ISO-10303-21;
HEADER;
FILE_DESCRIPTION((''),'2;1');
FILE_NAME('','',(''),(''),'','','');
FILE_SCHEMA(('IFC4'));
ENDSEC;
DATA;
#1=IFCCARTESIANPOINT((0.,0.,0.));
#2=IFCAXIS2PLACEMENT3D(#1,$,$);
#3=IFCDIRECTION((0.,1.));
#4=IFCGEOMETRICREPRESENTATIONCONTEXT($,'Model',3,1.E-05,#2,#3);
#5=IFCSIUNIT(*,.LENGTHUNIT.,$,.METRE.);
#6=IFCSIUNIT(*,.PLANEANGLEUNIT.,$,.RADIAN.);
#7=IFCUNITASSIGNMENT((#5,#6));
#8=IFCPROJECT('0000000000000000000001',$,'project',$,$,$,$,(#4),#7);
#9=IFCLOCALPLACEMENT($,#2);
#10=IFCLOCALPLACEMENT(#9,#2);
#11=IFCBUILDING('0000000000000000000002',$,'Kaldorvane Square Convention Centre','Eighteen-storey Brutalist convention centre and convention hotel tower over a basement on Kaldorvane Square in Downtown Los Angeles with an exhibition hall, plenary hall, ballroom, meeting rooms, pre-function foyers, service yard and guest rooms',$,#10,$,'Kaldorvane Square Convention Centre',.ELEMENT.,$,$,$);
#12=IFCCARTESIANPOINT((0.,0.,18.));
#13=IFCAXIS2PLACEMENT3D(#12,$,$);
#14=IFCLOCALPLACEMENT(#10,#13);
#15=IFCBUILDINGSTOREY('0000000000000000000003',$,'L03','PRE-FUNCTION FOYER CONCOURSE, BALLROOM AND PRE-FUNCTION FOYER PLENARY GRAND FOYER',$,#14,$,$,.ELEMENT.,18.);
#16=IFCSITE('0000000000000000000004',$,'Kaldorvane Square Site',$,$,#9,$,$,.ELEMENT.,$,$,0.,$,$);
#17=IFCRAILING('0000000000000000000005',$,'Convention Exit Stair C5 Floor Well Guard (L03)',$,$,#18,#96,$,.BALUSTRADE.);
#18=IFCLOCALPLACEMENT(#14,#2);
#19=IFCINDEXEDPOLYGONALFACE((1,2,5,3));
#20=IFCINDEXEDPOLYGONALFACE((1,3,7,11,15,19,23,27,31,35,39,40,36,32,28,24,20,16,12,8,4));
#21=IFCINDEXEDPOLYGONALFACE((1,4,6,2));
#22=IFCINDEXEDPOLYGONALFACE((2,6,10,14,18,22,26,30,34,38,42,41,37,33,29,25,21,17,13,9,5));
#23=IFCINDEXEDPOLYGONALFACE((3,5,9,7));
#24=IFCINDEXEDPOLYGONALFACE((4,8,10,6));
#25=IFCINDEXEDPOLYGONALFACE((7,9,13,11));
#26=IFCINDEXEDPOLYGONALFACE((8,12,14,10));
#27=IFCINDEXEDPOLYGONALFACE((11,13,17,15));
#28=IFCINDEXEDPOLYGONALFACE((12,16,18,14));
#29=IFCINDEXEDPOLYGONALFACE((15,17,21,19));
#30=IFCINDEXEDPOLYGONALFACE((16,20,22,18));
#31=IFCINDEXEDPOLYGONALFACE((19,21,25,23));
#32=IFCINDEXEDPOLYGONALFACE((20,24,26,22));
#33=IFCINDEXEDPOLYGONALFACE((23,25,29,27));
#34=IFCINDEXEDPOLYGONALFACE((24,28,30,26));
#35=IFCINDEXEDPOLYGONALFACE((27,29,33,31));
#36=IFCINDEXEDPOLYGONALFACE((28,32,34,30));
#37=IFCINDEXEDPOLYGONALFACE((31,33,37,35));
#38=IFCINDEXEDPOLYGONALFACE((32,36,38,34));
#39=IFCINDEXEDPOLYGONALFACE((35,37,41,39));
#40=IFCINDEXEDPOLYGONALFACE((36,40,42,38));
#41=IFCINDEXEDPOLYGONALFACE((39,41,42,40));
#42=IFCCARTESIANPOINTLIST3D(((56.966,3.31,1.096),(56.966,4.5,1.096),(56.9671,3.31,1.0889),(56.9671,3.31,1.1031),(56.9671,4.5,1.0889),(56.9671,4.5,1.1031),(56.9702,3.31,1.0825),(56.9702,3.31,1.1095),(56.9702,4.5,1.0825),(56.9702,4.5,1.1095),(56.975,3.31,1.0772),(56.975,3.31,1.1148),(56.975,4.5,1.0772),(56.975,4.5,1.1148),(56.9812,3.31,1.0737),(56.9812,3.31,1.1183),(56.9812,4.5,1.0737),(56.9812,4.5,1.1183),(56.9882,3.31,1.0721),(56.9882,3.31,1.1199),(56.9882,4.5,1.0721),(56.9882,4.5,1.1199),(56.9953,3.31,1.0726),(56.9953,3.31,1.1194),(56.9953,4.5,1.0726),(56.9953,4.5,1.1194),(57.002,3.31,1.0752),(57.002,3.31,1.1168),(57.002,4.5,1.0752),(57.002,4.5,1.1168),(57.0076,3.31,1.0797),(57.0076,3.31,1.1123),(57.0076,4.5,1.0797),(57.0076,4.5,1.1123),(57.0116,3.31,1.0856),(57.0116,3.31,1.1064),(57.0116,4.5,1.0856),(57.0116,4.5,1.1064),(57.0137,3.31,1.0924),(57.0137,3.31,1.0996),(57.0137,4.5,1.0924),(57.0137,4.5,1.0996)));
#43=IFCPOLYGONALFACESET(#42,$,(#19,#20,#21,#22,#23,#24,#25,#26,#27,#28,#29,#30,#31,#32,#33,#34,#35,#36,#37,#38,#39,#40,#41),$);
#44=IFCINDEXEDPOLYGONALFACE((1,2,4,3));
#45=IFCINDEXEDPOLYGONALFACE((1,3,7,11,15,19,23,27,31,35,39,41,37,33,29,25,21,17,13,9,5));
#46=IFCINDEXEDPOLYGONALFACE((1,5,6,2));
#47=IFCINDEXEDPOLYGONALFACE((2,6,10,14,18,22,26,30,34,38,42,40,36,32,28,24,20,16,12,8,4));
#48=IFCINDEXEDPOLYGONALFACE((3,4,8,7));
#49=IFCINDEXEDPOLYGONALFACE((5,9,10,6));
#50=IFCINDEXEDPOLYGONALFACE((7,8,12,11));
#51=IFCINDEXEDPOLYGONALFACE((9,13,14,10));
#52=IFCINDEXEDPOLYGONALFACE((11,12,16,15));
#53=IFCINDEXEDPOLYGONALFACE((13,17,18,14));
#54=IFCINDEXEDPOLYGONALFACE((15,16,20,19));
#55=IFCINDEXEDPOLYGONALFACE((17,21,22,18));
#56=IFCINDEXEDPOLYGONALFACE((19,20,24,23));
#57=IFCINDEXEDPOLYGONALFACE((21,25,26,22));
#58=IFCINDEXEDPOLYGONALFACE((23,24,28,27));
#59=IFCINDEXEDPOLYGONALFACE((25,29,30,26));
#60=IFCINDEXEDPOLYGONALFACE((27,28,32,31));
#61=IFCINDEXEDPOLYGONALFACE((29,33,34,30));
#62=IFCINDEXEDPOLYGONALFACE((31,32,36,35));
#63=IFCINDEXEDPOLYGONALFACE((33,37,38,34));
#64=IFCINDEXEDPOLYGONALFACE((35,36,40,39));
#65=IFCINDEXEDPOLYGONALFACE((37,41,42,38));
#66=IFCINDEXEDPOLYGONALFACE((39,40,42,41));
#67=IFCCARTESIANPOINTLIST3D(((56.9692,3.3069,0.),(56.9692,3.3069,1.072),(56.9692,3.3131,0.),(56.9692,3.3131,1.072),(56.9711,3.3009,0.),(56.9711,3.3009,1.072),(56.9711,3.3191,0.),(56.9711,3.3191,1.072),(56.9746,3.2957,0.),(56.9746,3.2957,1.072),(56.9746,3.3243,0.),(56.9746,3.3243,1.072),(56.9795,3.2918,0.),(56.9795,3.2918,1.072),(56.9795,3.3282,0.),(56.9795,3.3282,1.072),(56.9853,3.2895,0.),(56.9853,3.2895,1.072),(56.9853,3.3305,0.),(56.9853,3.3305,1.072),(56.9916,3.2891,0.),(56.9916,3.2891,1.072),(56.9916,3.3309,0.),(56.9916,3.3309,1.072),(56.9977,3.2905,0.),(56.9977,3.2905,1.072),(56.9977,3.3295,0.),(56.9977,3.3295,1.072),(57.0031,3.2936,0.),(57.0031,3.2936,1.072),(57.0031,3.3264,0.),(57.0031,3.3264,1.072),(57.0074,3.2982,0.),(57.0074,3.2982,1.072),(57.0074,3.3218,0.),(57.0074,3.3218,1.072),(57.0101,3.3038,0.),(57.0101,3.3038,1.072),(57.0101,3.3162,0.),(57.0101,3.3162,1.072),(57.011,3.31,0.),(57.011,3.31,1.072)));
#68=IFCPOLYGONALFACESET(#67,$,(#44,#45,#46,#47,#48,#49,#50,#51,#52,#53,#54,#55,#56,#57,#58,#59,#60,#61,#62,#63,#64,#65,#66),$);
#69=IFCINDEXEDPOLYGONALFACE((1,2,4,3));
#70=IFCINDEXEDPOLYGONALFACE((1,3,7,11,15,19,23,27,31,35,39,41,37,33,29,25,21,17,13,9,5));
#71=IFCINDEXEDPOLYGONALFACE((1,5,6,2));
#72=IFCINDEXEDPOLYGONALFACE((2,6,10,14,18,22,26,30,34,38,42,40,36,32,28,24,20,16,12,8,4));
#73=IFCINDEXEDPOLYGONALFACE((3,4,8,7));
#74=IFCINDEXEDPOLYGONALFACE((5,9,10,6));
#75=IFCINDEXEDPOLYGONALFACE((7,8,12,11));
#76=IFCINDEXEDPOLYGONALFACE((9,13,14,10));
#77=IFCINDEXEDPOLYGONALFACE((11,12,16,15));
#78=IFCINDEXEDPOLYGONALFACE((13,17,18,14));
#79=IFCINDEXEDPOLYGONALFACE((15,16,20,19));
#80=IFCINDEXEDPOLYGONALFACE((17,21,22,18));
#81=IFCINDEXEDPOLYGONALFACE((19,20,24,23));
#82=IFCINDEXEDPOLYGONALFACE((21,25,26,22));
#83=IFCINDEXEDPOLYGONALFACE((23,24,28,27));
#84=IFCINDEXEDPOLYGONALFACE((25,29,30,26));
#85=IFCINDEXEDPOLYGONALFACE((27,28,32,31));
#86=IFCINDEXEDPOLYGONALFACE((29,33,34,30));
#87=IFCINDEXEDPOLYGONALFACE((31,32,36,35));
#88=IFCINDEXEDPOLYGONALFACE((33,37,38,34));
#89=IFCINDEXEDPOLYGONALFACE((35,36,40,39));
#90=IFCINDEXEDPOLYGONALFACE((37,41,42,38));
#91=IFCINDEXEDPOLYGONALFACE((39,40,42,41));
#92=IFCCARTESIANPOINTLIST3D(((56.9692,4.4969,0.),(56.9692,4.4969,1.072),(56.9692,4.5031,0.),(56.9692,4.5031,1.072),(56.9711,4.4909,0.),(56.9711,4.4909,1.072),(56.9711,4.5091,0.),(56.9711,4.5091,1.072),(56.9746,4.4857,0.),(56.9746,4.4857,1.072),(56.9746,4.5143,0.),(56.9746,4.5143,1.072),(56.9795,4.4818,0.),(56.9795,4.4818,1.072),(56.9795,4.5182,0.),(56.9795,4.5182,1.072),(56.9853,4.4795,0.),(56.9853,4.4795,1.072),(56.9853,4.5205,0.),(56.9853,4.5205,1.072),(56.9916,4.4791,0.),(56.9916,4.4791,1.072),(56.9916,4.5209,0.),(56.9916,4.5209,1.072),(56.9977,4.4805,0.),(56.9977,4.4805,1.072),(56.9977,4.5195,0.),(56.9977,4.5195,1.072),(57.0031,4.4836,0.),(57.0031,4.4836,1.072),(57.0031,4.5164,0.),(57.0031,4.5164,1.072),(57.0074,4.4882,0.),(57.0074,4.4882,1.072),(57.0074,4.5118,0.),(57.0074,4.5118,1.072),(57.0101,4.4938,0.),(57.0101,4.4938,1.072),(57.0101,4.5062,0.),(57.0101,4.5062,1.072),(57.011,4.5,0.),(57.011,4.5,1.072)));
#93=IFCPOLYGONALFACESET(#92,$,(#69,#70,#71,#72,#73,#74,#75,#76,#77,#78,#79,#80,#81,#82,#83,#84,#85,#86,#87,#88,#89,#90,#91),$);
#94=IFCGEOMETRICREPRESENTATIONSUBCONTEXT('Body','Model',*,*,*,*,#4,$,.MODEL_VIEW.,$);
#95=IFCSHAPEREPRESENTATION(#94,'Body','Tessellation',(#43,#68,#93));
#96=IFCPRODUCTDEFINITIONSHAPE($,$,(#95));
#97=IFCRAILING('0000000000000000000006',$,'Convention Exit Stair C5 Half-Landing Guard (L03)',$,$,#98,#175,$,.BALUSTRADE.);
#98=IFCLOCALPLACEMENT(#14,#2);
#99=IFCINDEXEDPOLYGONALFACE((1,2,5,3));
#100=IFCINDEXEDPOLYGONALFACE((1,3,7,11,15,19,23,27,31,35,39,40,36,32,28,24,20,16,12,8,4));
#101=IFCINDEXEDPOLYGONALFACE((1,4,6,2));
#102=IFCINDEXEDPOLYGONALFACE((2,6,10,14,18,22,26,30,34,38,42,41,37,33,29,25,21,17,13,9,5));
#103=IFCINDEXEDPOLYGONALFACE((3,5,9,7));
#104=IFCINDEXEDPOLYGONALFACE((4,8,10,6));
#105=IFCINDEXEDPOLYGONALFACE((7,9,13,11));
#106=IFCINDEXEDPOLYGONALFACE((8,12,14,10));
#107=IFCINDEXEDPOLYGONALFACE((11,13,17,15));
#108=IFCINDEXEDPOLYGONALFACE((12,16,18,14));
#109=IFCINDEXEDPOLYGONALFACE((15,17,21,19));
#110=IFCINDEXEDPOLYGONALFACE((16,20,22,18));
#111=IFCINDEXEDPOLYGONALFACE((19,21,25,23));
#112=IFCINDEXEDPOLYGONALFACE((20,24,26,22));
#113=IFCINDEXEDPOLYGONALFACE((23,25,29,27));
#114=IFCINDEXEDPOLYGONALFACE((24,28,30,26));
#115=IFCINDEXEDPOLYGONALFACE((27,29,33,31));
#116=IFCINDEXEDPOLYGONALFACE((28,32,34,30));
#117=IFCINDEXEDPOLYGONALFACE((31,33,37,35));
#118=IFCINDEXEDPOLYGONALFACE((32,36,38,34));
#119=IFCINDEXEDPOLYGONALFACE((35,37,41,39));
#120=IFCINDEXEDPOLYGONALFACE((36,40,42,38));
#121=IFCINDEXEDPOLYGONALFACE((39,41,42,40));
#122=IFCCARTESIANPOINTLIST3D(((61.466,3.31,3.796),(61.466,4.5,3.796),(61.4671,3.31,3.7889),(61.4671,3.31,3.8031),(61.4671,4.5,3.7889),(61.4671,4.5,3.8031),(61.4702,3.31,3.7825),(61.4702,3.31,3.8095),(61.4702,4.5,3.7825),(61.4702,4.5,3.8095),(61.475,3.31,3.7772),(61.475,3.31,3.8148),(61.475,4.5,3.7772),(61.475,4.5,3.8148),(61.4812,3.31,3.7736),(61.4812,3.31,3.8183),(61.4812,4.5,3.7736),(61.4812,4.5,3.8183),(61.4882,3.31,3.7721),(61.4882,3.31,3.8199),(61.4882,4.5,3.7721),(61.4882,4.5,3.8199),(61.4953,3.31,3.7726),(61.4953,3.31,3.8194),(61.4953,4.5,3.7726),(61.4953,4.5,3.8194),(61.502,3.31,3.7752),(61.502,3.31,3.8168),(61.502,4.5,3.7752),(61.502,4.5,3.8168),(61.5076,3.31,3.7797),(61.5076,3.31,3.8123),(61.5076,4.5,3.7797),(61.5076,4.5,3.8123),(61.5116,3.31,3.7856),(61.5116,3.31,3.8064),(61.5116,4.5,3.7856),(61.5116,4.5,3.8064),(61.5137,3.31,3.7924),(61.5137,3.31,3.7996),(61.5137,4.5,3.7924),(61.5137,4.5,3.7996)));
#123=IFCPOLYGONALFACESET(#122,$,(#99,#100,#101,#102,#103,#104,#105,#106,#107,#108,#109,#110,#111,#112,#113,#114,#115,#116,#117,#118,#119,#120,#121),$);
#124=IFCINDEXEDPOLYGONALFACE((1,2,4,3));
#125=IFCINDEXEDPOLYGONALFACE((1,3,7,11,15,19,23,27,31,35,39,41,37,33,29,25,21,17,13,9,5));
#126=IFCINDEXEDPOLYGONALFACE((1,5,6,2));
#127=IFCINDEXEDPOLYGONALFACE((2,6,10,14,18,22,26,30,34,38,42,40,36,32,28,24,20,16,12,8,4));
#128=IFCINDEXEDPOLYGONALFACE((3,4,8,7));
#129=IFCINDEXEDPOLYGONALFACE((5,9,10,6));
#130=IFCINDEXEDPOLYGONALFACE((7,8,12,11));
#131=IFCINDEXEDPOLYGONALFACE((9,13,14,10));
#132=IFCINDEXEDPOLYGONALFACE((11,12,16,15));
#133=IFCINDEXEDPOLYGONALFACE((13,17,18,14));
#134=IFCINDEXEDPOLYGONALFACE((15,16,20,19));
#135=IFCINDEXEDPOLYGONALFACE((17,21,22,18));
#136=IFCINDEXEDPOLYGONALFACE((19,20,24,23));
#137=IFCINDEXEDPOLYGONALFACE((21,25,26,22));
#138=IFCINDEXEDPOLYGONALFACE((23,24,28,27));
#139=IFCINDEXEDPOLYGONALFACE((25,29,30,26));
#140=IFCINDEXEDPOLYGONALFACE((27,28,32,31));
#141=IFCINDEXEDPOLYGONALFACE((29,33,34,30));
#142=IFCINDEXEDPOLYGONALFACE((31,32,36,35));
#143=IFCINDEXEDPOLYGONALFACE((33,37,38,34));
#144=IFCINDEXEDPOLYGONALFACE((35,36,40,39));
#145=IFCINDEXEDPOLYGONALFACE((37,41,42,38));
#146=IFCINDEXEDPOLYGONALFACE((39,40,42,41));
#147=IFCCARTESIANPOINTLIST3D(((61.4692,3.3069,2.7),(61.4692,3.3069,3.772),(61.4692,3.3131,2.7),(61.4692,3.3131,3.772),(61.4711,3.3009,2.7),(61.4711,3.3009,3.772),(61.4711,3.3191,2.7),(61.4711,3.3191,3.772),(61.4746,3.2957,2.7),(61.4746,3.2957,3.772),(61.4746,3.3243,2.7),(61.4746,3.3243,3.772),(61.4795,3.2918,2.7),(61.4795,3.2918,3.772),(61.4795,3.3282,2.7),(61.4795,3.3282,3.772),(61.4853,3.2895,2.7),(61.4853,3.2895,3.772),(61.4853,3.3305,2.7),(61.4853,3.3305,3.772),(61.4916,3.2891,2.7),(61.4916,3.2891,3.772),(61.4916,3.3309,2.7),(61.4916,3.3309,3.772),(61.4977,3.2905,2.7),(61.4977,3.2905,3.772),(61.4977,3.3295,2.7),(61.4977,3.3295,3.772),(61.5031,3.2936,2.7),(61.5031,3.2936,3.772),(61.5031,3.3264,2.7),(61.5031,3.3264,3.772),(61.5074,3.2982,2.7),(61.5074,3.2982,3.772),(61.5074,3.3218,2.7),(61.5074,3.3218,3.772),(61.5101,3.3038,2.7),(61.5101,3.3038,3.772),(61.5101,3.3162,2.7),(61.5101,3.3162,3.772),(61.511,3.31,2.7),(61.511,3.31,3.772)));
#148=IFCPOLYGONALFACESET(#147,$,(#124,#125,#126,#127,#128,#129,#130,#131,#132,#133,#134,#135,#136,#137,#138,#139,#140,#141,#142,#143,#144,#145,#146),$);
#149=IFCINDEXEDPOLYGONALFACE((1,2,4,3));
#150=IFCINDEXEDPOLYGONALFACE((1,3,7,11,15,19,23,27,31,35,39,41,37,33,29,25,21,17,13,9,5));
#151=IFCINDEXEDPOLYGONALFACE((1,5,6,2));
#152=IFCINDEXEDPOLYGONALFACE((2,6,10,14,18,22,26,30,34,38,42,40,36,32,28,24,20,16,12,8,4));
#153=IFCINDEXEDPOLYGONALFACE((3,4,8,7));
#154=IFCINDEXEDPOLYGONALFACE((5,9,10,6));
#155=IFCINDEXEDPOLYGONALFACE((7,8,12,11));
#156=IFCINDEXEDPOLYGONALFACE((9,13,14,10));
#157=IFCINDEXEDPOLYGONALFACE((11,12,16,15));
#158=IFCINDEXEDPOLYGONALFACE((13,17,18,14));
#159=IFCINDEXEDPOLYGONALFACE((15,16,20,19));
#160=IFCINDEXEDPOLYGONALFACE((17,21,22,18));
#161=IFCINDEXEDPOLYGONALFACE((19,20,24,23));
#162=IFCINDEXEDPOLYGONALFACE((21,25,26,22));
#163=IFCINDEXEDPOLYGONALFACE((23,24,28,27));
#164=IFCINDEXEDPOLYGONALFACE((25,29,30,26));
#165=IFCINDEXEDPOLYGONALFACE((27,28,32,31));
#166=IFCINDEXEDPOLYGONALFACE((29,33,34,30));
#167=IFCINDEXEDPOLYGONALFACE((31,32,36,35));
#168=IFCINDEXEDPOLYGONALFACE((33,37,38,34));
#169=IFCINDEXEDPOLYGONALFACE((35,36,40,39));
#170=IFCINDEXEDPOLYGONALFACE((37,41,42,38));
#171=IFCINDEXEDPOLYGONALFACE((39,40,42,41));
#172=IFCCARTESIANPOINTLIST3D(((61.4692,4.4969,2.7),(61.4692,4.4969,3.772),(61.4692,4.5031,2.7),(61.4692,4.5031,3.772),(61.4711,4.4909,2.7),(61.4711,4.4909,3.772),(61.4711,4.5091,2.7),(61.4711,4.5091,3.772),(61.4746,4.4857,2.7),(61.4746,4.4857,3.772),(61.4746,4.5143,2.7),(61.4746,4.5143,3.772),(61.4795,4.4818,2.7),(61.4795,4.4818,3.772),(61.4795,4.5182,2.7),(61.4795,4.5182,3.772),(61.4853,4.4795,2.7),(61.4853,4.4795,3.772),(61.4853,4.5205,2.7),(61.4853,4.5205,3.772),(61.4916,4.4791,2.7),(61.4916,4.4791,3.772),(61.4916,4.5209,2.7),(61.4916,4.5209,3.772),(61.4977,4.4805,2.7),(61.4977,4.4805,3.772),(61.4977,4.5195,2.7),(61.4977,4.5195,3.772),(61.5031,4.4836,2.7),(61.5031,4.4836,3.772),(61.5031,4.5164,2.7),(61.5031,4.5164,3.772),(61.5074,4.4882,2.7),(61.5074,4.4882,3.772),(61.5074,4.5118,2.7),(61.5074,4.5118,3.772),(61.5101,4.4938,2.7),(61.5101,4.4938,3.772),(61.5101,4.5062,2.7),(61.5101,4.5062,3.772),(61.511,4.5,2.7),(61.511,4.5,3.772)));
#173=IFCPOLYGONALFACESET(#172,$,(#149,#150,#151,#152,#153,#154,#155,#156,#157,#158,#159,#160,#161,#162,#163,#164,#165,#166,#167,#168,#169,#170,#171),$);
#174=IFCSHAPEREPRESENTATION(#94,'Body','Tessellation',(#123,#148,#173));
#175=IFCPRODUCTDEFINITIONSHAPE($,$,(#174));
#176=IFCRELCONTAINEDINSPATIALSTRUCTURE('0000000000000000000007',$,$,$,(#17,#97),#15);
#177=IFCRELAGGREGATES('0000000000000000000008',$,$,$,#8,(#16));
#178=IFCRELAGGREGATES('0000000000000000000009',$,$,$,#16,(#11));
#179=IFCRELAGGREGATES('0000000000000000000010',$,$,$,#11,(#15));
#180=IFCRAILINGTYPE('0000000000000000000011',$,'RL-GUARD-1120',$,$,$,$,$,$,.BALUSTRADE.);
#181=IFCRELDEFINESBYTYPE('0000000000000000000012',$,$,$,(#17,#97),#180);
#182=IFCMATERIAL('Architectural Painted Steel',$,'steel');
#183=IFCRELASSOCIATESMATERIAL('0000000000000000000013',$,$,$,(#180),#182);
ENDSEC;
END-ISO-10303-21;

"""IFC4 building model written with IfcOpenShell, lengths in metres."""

from ifc_helpers import new_model, si_unit, direction, frame, origin, origin_2d, place, context, subcontext, project, spatial, circle, extrude, material, type_object, element, save


model = new_model("IFC4")

# Units and contexts
model_context = context("Model", 3, precision=1e-05, world=origin(), true_north=direction((0.0, 1.0)))
body_context = subcontext(model_context, "Body", "Model", "MODEL_VIEW")
ifc_project = project(units=[si_unit("LENGTHUNIT", "METRE"), si_unit("PLANEANGLEUNIT", "RADIAN")], contexts=[model_context])

# Site, building, storey
site_placement = place(None, origin())
site = spatial("IfcSite", under=ifc_project, at=site_placement, Name="Kaldorvane Square Site", CompositionType="ELEMENT", RefElevation=0.0)
building_placement = place(site_placement, origin())
building = spatial("IfcBuilding", under=site, at=building_placement, Name="Kaldorvane Square Convention Centre", Description="Eighteen-storey Brutalist convention centre and convention hotel tower over a basement on Kaldorvane Square in Downtown Los Angeles with an exhibition hall, plenary hall, ballroom, meeting rooms, pre-function foyers, service yard and guest rooms", LongName="Kaldorvane Square Convention Centre", CompositionType="ELEMENT")
storey_placement = place(building_placement, frame((0.0, 0.0, 18.0)))
storey = spatial("IfcBuildingStorey", under=building, at=storey_placement, Name="L03", Description="PRE-FUNCTION FOYER CONCOURSE, BALLROOM AND PRE-FUNCTION FOYER PLENARY GRAND FOYER", CompositionType="ELEMENT", Elevation=18.0)

# Railings
ifc_material_1 = material(Name="Architectural Painted Steel", Category="steel")
railing_type_1 = type_object("IfcRailingType", Name="RL-GUARD-1120", PredefinedType="BALUSTRADE", material=ifc_material_1)
for number, where, name in (
    (1, (56.99, 3.31, 0.0), "Convention Exit Stair C5 Floor Well Guard (L03)"),
    (2, (61.49, 3.31, 2.7), "Convention Exit Stair C5 Half-Landing Guard (L03)"),
):
    element("IfcRailing", number, at=place(storey_placement, frame(where)), inside=storey, type_object=railing_type_1, Name=name, PredefinedType="BALUSTRADE", context=body_context, shape_type="SweptSolid", body=[
        extrude(circle(Radius=0.024, at=origin_2d()), frame((0.0, 0.0, 1.096), z_axis=(0.0, 1.0, 0.0), x_axis=(-1.0, 0.0, 0.0)), (0.0, 0.0, 1.0), 1.19),
        extrude(circle(Radius=0.021, at=origin_2d()), origin(), (0.0, 0.0, 1.0), 1.072),
        extrude(circle(Radius=0.021, at=origin_2d()), frame((0.0, 1.19, 0.0)), (0.0, 0.0, 1.0), 1.072),
    ])

save(model, "model.ifc")
